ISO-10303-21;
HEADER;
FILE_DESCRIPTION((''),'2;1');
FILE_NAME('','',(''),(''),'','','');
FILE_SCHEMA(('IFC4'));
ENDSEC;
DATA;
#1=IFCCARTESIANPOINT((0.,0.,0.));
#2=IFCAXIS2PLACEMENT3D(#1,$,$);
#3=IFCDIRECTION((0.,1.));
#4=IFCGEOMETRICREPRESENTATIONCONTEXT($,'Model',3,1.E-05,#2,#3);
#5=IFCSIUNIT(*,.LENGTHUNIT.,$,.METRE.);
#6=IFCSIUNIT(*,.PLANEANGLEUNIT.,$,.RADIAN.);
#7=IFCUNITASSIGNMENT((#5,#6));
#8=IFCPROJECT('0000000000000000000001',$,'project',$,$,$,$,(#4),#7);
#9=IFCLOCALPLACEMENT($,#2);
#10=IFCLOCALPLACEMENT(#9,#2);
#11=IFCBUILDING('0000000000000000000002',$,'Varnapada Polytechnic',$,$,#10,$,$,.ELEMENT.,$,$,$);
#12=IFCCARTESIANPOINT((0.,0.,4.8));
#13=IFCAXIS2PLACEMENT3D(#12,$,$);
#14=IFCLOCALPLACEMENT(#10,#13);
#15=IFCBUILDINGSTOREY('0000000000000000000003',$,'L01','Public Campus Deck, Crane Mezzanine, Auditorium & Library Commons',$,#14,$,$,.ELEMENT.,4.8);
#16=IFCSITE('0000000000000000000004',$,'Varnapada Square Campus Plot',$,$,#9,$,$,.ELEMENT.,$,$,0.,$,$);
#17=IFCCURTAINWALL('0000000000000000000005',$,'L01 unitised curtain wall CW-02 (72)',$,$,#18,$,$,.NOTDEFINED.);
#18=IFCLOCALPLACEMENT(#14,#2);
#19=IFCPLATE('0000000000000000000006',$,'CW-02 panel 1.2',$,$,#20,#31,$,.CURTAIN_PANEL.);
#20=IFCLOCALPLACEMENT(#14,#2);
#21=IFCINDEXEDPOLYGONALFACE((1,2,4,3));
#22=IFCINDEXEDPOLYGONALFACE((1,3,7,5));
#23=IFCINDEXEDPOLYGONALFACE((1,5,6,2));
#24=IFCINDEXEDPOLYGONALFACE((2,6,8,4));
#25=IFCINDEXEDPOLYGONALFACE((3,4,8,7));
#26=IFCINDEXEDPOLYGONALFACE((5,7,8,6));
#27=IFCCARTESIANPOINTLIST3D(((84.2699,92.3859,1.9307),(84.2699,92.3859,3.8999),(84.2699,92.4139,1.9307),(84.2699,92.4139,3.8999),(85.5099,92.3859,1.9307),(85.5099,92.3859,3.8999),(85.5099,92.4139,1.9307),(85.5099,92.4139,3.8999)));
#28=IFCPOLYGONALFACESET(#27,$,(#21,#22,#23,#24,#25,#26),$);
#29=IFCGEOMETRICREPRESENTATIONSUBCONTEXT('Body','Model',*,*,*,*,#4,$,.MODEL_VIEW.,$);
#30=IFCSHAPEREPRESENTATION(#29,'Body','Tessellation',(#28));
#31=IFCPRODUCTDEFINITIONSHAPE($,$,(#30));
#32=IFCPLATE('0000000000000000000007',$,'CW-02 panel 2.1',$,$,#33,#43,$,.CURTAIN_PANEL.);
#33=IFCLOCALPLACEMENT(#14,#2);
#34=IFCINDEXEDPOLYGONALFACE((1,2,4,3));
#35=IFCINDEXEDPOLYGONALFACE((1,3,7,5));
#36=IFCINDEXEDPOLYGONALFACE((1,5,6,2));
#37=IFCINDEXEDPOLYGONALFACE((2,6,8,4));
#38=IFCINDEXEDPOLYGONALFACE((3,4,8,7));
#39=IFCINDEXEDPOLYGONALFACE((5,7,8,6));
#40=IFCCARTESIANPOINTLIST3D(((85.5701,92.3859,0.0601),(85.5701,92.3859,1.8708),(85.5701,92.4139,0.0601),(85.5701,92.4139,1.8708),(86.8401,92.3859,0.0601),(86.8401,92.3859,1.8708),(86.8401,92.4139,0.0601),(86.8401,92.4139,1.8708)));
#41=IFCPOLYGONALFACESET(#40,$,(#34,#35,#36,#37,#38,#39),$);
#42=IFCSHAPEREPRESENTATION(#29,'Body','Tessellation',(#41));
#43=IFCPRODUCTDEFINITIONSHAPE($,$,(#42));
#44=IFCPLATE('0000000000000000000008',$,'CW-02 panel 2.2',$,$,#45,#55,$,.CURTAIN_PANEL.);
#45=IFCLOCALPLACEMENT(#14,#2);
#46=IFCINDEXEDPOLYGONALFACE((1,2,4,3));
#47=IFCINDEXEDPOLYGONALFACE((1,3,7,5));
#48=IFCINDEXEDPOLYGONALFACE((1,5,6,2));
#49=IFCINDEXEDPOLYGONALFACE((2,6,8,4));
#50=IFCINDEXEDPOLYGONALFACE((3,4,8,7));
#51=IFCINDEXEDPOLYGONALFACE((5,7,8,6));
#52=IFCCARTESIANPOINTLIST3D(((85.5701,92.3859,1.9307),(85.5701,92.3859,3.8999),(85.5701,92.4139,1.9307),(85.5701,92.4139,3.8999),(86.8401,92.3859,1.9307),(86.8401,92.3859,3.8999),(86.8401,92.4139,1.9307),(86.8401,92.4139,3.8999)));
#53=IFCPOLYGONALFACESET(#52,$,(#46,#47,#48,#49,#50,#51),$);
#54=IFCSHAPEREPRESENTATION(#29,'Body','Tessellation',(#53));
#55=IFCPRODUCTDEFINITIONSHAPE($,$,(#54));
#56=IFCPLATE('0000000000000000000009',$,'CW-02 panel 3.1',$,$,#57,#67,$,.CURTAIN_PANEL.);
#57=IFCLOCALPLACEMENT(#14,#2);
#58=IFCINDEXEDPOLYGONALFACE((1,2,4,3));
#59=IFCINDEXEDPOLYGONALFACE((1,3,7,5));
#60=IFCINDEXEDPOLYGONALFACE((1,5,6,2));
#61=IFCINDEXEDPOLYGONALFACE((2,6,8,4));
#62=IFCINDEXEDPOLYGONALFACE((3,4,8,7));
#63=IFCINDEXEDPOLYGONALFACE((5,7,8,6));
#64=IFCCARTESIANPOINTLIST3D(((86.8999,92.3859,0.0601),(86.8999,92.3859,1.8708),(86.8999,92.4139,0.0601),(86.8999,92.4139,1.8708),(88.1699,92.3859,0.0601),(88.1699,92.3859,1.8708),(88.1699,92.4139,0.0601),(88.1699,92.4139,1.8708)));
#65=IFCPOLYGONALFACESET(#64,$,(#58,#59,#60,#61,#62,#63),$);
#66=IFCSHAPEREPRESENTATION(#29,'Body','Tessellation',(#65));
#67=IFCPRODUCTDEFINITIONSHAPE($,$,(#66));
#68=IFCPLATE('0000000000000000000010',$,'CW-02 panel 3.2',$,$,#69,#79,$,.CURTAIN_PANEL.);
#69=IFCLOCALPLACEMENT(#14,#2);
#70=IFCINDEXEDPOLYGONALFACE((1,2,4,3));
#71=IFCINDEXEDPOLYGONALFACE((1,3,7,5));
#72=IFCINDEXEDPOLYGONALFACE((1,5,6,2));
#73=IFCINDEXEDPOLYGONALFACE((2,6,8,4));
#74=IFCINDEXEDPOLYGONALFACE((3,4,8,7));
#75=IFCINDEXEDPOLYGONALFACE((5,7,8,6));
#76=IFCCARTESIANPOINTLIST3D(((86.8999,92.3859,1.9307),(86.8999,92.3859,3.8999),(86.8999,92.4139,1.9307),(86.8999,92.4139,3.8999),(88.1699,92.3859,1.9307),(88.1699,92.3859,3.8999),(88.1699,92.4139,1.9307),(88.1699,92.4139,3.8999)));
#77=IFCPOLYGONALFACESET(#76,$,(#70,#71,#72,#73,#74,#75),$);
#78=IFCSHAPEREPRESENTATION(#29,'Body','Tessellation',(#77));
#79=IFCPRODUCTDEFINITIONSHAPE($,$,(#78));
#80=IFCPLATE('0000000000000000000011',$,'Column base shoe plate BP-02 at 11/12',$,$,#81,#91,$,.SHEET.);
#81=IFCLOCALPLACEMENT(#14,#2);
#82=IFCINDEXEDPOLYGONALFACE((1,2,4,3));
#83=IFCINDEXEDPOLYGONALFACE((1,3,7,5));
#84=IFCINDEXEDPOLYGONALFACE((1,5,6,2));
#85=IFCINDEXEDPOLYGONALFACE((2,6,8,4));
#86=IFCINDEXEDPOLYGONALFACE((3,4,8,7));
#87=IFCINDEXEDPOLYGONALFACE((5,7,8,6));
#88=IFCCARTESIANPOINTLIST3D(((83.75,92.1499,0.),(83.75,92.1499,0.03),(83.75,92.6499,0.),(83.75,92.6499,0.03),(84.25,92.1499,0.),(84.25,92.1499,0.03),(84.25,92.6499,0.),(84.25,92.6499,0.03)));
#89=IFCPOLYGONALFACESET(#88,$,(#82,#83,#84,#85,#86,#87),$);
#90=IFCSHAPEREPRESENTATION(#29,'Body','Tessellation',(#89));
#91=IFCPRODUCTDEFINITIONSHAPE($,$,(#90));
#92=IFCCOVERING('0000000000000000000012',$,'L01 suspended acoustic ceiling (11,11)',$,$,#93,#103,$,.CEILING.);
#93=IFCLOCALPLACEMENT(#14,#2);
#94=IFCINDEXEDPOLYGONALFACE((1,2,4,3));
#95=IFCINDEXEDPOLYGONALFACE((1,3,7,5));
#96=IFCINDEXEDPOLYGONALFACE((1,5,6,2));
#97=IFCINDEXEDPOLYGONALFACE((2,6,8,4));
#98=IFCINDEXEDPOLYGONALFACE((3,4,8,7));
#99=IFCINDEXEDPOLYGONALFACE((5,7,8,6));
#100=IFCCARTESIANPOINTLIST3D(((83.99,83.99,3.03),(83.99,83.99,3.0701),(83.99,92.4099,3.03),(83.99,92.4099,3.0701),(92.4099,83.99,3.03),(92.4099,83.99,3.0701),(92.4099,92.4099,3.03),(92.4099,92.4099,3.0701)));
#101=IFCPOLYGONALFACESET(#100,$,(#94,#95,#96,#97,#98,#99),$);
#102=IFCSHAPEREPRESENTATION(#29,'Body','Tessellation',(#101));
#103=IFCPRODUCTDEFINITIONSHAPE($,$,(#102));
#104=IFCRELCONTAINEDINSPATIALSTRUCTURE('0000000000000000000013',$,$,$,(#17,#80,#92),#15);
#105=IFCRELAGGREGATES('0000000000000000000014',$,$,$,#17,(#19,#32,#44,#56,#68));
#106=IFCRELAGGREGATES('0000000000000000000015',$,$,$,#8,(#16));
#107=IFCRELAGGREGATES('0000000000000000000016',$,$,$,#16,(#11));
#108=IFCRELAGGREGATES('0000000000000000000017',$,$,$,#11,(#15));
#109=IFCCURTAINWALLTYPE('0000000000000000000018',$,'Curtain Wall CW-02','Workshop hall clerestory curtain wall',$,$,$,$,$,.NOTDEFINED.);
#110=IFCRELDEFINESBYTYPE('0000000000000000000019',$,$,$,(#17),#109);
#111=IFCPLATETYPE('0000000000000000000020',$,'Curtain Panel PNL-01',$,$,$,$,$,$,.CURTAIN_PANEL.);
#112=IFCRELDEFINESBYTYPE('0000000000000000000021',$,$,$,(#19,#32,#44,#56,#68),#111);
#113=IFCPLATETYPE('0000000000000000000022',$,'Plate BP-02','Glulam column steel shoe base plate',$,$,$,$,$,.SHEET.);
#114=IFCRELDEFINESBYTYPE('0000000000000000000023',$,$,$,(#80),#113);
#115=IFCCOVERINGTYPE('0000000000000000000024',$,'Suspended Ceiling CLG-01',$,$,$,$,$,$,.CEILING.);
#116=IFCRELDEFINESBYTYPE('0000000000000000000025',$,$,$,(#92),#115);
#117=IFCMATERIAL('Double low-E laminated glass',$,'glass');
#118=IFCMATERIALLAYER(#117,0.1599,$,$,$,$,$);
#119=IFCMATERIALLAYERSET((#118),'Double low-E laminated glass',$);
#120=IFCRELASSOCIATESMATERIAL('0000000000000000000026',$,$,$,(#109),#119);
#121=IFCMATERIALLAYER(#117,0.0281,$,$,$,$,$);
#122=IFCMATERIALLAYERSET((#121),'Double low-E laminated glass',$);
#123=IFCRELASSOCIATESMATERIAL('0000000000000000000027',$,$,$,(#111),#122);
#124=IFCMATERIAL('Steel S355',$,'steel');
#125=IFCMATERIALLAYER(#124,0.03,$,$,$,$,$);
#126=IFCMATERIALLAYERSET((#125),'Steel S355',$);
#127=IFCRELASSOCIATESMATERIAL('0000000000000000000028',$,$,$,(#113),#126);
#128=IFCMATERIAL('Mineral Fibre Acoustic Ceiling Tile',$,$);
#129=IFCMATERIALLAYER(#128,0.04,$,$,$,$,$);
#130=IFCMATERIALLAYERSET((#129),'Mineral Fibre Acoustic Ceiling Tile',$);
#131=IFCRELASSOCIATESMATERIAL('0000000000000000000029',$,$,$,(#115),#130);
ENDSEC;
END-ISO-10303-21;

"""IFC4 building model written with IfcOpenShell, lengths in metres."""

from ifc_helpers import new_model, si_unit, direction, frame, origin, origin_2d, place, context, subcontext, project, spatial, rectangle, extrude, material, layer, layer_set, type_object, element, aggregate, save


model = new_model("IFC4")

# Units and contexts
model_context = context("Model", 3, precision=1e-05, world=origin(), true_north=direction((0.0, 1.0)))
body_context = subcontext(model_context, "Body", "Model", "MODEL_VIEW")
ifc_project = project(units=[si_unit("LENGTHUNIT", "METRE"), si_unit("PLANEANGLEUNIT", "RADIAN")], contexts=[model_context])

# Site, building, storey
site_placement = place(None, origin())
site = spatial("IfcSite", under=ifc_project, at=site_placement, Name="Varnapada Square Campus Plot", CompositionType="ELEMENT", RefElevation=0.0)
building_placement = place(site_placement, origin())
building = spatial("IfcBuilding", under=site, at=building_placement, Name="Varnapada Polytechnic", CompositionType="ELEMENT")
storey_placement = place(building_placement, frame((0.0, 0.0, 4.8)))
storey = spatial("IfcBuildingStorey", under=building, at=storey_placement, Name="L01", Description="Public Campus Deck, Crane Mezzanine, Auditorium & Library Commons", CompositionType="ELEMENT", Elevation=4.8)

# Shared definitions
ifc_material_1 = material(Name="Steel S355", Category="steel")

# Curtain wall
ifc_material_2 = material(Name="Double low-E laminated glass", Category="glass")
ifc_layer_1 = layer(ifc_material_2, 0.1599)
ifc_layer_set_1 = layer_set([ifc_layer_1], Name="Double low-E laminated glass")
curtain_wall_type = type_object("IfcCurtainWallType", Name="Curtain Wall CW-02", Description="Workshop hall clerestory curtain wall", PredefinedType="NOTDEFINED", material=ifc_layer_set_1)
curtain_wall_placement = place(storey_placement, origin())
curtain_wall = element("IfcCurtainWall", 1, at=curtain_wall_placement, inside=storey, type_object=curtain_wall_type, Name="L01 unitised curtain wall CW-02 (72)", PredefinedType="NOTDEFINED")

# Plates
ifc_layer_2 = layer(ifc_material_2, 0.0281)
ifc_layer_set_2 = layer_set([ifc_layer_2], Name="Double low-E laminated glass")
plate_type_1 = type_object("IfcPlateType", Name="Curtain Panel PNL-01", PredefinedType="CURTAIN_PANEL", material=ifc_layer_set_2)
plate_1_placement = place(storey_placement, frame((84.8899, 92.3999, 1.9307), z_axis=(0.0, 0.0, 1.0), x_axis=(1.0, 0.0, 0.0)))
plate_1 = element("IfcPlate", 2, at=plate_1_placement, type_object=plate_type_1, Name="CW-02 panel 1.2", PredefinedType="CURTAIN_PANEL", context=body_context, shape_type="SweptSolid", body=[
    extrude(rectangle(XDim=1.24, YDim=0.0281, at=origin_2d()), origin(), (0.0, 0.0, 1.0), 1.9692),
])
plate_2_placement = place(storey_placement, frame((86.2051, 92.3999, 0.0601), z_axis=(0.0, 0.0, 1.0), x_axis=(1.0, 0.0, 0.0)))
plate_2 = element("IfcPlate", 3, at=plate_2_placement, type_object=plate_type_1, Name="CW-02 panel 2.1", PredefinedType="CURTAIN_PANEL", context=body_context, shape_type="SweptSolid", body=[
    extrude(rectangle(XDim=1.27, YDim=0.0281, at=origin_2d()), origin(), (0.0, 0.0, 1.0), 1.8108),
])
plate_3_placement = place(storey_placement, frame((86.2051, 92.3999, 1.9307), z_axis=(0.0, 0.0, 1.0), x_axis=(1.0, 0.0, 0.0)))
plate_3 = element("IfcPlate", 4, at=plate_3_placement, type_object=plate_type_1, Name="CW-02 panel 2.2", PredefinedType="CURTAIN_PANEL", context=body_context, shape_type="SweptSolid", body=[
    extrude(rectangle(XDim=1.27, YDim=0.0281, at=origin_2d()), origin(), (0.0, 0.0, 1.0), 1.9692),
])
plate_4_placement = place(storey_placement, frame((87.5349, 92.3999, 0.0601), z_axis=(0.0, 0.0, 1.0), x_axis=(1.0, 0.0, 0.0)))
plate_4 = element("IfcPlate", 5, at=plate_4_placement, type_object=plate_type_1, Name="CW-02 panel 3.1", PredefinedType="CURTAIN_PANEL", context=body_context, shape_type="SweptSolid", body=[
    extrude(rectangle(XDim=1.27, YDim=0.0281, at=origin_2d()), origin(), (0.0, 0.0, 1.0), 1.8108),
])
plate_5_placement = place(storey_placement, frame((87.5349, 92.3999, 1.9307), z_axis=(0.0, 0.0, 1.0), x_axis=(1.0, 0.0, 0.0)))
plate_5 = element("IfcPlate", 6, at=plate_5_placement, type_object=plate_type_1, Name="CW-02 panel 3.2", PredefinedType="CURTAIN_PANEL", context=body_context, shape_type="SweptSolid", body=[
    extrude(rectangle(XDim=1.27, YDim=0.0281, at=origin_2d()), origin(), (0.0, 0.0, 1.0), 1.9692),
])
aggregate(curtain_wall, [plate_1, plate_2, plate_3, plate_4, plate_5])
ifc_layer_3 = layer(ifc_material_1, 0.03)
ifc_layer_set_3 = layer_set([ifc_layer_3], Name="Steel S355")
plate_type_2 = type_object("IfcPlateType", Name="Plate BP-02", Description="Glulam column steel shoe base plate", PredefinedType="SHEET", material=ifc_layer_set_3)
plate_6_placement = place(storey_placement, frame((84.0, 92.3999, 0.0), z_axis=(0.0, 0.0, 1.0), x_axis=(1.0, 0.0, 0.0)))
element("IfcPlate", 7, at=plate_6_placement, inside=storey, type_object=plate_type_2, Name="Column base shoe plate BP-02 at 11/12", PredefinedType="SHEET", context=body_context, shape_type="SweptSolid", body=[
    extrude(rectangle(XDim=0.5, YDim=0.5, at=origin_2d()), origin(), (0.0, 0.0, 1.0), 0.03),
])

# Covering
ifc_material_3 = material(Name="Mineral Fibre Acoustic Ceiling Tile")
ifc_layer_4 = layer(ifc_material_3, 0.04)
ifc_layer_set_4 = layer_set([ifc_layer_4], Name="Mineral Fibre Acoustic Ceiling Tile")
covering_type = type_object("IfcCoveringType", Name="Suspended Ceiling CLG-01", PredefinedType="CEILING", material=ifc_layer_set_4)
covering_placement = place(storey_placement, frame((88.2, 88.2, 3.03), z_axis=(0.0, 0.0, 1.0), x_axis=(1.0, 0.0, 0.0)))
element("IfcCovering", 8, at=covering_placement, inside=storey, type_object=covering_type, Name="L01 suspended acoustic ceiling (11,11)", PredefinedType="CEILING", context=body_context, shape_type="SweptSolid", body=[
    extrude(rectangle(XDim=8.4199, YDim=8.4199, at=origin_2d()), origin(), (0.0, 0.0, 1.0), 0.04),
])

save(model, "model.ifc")
